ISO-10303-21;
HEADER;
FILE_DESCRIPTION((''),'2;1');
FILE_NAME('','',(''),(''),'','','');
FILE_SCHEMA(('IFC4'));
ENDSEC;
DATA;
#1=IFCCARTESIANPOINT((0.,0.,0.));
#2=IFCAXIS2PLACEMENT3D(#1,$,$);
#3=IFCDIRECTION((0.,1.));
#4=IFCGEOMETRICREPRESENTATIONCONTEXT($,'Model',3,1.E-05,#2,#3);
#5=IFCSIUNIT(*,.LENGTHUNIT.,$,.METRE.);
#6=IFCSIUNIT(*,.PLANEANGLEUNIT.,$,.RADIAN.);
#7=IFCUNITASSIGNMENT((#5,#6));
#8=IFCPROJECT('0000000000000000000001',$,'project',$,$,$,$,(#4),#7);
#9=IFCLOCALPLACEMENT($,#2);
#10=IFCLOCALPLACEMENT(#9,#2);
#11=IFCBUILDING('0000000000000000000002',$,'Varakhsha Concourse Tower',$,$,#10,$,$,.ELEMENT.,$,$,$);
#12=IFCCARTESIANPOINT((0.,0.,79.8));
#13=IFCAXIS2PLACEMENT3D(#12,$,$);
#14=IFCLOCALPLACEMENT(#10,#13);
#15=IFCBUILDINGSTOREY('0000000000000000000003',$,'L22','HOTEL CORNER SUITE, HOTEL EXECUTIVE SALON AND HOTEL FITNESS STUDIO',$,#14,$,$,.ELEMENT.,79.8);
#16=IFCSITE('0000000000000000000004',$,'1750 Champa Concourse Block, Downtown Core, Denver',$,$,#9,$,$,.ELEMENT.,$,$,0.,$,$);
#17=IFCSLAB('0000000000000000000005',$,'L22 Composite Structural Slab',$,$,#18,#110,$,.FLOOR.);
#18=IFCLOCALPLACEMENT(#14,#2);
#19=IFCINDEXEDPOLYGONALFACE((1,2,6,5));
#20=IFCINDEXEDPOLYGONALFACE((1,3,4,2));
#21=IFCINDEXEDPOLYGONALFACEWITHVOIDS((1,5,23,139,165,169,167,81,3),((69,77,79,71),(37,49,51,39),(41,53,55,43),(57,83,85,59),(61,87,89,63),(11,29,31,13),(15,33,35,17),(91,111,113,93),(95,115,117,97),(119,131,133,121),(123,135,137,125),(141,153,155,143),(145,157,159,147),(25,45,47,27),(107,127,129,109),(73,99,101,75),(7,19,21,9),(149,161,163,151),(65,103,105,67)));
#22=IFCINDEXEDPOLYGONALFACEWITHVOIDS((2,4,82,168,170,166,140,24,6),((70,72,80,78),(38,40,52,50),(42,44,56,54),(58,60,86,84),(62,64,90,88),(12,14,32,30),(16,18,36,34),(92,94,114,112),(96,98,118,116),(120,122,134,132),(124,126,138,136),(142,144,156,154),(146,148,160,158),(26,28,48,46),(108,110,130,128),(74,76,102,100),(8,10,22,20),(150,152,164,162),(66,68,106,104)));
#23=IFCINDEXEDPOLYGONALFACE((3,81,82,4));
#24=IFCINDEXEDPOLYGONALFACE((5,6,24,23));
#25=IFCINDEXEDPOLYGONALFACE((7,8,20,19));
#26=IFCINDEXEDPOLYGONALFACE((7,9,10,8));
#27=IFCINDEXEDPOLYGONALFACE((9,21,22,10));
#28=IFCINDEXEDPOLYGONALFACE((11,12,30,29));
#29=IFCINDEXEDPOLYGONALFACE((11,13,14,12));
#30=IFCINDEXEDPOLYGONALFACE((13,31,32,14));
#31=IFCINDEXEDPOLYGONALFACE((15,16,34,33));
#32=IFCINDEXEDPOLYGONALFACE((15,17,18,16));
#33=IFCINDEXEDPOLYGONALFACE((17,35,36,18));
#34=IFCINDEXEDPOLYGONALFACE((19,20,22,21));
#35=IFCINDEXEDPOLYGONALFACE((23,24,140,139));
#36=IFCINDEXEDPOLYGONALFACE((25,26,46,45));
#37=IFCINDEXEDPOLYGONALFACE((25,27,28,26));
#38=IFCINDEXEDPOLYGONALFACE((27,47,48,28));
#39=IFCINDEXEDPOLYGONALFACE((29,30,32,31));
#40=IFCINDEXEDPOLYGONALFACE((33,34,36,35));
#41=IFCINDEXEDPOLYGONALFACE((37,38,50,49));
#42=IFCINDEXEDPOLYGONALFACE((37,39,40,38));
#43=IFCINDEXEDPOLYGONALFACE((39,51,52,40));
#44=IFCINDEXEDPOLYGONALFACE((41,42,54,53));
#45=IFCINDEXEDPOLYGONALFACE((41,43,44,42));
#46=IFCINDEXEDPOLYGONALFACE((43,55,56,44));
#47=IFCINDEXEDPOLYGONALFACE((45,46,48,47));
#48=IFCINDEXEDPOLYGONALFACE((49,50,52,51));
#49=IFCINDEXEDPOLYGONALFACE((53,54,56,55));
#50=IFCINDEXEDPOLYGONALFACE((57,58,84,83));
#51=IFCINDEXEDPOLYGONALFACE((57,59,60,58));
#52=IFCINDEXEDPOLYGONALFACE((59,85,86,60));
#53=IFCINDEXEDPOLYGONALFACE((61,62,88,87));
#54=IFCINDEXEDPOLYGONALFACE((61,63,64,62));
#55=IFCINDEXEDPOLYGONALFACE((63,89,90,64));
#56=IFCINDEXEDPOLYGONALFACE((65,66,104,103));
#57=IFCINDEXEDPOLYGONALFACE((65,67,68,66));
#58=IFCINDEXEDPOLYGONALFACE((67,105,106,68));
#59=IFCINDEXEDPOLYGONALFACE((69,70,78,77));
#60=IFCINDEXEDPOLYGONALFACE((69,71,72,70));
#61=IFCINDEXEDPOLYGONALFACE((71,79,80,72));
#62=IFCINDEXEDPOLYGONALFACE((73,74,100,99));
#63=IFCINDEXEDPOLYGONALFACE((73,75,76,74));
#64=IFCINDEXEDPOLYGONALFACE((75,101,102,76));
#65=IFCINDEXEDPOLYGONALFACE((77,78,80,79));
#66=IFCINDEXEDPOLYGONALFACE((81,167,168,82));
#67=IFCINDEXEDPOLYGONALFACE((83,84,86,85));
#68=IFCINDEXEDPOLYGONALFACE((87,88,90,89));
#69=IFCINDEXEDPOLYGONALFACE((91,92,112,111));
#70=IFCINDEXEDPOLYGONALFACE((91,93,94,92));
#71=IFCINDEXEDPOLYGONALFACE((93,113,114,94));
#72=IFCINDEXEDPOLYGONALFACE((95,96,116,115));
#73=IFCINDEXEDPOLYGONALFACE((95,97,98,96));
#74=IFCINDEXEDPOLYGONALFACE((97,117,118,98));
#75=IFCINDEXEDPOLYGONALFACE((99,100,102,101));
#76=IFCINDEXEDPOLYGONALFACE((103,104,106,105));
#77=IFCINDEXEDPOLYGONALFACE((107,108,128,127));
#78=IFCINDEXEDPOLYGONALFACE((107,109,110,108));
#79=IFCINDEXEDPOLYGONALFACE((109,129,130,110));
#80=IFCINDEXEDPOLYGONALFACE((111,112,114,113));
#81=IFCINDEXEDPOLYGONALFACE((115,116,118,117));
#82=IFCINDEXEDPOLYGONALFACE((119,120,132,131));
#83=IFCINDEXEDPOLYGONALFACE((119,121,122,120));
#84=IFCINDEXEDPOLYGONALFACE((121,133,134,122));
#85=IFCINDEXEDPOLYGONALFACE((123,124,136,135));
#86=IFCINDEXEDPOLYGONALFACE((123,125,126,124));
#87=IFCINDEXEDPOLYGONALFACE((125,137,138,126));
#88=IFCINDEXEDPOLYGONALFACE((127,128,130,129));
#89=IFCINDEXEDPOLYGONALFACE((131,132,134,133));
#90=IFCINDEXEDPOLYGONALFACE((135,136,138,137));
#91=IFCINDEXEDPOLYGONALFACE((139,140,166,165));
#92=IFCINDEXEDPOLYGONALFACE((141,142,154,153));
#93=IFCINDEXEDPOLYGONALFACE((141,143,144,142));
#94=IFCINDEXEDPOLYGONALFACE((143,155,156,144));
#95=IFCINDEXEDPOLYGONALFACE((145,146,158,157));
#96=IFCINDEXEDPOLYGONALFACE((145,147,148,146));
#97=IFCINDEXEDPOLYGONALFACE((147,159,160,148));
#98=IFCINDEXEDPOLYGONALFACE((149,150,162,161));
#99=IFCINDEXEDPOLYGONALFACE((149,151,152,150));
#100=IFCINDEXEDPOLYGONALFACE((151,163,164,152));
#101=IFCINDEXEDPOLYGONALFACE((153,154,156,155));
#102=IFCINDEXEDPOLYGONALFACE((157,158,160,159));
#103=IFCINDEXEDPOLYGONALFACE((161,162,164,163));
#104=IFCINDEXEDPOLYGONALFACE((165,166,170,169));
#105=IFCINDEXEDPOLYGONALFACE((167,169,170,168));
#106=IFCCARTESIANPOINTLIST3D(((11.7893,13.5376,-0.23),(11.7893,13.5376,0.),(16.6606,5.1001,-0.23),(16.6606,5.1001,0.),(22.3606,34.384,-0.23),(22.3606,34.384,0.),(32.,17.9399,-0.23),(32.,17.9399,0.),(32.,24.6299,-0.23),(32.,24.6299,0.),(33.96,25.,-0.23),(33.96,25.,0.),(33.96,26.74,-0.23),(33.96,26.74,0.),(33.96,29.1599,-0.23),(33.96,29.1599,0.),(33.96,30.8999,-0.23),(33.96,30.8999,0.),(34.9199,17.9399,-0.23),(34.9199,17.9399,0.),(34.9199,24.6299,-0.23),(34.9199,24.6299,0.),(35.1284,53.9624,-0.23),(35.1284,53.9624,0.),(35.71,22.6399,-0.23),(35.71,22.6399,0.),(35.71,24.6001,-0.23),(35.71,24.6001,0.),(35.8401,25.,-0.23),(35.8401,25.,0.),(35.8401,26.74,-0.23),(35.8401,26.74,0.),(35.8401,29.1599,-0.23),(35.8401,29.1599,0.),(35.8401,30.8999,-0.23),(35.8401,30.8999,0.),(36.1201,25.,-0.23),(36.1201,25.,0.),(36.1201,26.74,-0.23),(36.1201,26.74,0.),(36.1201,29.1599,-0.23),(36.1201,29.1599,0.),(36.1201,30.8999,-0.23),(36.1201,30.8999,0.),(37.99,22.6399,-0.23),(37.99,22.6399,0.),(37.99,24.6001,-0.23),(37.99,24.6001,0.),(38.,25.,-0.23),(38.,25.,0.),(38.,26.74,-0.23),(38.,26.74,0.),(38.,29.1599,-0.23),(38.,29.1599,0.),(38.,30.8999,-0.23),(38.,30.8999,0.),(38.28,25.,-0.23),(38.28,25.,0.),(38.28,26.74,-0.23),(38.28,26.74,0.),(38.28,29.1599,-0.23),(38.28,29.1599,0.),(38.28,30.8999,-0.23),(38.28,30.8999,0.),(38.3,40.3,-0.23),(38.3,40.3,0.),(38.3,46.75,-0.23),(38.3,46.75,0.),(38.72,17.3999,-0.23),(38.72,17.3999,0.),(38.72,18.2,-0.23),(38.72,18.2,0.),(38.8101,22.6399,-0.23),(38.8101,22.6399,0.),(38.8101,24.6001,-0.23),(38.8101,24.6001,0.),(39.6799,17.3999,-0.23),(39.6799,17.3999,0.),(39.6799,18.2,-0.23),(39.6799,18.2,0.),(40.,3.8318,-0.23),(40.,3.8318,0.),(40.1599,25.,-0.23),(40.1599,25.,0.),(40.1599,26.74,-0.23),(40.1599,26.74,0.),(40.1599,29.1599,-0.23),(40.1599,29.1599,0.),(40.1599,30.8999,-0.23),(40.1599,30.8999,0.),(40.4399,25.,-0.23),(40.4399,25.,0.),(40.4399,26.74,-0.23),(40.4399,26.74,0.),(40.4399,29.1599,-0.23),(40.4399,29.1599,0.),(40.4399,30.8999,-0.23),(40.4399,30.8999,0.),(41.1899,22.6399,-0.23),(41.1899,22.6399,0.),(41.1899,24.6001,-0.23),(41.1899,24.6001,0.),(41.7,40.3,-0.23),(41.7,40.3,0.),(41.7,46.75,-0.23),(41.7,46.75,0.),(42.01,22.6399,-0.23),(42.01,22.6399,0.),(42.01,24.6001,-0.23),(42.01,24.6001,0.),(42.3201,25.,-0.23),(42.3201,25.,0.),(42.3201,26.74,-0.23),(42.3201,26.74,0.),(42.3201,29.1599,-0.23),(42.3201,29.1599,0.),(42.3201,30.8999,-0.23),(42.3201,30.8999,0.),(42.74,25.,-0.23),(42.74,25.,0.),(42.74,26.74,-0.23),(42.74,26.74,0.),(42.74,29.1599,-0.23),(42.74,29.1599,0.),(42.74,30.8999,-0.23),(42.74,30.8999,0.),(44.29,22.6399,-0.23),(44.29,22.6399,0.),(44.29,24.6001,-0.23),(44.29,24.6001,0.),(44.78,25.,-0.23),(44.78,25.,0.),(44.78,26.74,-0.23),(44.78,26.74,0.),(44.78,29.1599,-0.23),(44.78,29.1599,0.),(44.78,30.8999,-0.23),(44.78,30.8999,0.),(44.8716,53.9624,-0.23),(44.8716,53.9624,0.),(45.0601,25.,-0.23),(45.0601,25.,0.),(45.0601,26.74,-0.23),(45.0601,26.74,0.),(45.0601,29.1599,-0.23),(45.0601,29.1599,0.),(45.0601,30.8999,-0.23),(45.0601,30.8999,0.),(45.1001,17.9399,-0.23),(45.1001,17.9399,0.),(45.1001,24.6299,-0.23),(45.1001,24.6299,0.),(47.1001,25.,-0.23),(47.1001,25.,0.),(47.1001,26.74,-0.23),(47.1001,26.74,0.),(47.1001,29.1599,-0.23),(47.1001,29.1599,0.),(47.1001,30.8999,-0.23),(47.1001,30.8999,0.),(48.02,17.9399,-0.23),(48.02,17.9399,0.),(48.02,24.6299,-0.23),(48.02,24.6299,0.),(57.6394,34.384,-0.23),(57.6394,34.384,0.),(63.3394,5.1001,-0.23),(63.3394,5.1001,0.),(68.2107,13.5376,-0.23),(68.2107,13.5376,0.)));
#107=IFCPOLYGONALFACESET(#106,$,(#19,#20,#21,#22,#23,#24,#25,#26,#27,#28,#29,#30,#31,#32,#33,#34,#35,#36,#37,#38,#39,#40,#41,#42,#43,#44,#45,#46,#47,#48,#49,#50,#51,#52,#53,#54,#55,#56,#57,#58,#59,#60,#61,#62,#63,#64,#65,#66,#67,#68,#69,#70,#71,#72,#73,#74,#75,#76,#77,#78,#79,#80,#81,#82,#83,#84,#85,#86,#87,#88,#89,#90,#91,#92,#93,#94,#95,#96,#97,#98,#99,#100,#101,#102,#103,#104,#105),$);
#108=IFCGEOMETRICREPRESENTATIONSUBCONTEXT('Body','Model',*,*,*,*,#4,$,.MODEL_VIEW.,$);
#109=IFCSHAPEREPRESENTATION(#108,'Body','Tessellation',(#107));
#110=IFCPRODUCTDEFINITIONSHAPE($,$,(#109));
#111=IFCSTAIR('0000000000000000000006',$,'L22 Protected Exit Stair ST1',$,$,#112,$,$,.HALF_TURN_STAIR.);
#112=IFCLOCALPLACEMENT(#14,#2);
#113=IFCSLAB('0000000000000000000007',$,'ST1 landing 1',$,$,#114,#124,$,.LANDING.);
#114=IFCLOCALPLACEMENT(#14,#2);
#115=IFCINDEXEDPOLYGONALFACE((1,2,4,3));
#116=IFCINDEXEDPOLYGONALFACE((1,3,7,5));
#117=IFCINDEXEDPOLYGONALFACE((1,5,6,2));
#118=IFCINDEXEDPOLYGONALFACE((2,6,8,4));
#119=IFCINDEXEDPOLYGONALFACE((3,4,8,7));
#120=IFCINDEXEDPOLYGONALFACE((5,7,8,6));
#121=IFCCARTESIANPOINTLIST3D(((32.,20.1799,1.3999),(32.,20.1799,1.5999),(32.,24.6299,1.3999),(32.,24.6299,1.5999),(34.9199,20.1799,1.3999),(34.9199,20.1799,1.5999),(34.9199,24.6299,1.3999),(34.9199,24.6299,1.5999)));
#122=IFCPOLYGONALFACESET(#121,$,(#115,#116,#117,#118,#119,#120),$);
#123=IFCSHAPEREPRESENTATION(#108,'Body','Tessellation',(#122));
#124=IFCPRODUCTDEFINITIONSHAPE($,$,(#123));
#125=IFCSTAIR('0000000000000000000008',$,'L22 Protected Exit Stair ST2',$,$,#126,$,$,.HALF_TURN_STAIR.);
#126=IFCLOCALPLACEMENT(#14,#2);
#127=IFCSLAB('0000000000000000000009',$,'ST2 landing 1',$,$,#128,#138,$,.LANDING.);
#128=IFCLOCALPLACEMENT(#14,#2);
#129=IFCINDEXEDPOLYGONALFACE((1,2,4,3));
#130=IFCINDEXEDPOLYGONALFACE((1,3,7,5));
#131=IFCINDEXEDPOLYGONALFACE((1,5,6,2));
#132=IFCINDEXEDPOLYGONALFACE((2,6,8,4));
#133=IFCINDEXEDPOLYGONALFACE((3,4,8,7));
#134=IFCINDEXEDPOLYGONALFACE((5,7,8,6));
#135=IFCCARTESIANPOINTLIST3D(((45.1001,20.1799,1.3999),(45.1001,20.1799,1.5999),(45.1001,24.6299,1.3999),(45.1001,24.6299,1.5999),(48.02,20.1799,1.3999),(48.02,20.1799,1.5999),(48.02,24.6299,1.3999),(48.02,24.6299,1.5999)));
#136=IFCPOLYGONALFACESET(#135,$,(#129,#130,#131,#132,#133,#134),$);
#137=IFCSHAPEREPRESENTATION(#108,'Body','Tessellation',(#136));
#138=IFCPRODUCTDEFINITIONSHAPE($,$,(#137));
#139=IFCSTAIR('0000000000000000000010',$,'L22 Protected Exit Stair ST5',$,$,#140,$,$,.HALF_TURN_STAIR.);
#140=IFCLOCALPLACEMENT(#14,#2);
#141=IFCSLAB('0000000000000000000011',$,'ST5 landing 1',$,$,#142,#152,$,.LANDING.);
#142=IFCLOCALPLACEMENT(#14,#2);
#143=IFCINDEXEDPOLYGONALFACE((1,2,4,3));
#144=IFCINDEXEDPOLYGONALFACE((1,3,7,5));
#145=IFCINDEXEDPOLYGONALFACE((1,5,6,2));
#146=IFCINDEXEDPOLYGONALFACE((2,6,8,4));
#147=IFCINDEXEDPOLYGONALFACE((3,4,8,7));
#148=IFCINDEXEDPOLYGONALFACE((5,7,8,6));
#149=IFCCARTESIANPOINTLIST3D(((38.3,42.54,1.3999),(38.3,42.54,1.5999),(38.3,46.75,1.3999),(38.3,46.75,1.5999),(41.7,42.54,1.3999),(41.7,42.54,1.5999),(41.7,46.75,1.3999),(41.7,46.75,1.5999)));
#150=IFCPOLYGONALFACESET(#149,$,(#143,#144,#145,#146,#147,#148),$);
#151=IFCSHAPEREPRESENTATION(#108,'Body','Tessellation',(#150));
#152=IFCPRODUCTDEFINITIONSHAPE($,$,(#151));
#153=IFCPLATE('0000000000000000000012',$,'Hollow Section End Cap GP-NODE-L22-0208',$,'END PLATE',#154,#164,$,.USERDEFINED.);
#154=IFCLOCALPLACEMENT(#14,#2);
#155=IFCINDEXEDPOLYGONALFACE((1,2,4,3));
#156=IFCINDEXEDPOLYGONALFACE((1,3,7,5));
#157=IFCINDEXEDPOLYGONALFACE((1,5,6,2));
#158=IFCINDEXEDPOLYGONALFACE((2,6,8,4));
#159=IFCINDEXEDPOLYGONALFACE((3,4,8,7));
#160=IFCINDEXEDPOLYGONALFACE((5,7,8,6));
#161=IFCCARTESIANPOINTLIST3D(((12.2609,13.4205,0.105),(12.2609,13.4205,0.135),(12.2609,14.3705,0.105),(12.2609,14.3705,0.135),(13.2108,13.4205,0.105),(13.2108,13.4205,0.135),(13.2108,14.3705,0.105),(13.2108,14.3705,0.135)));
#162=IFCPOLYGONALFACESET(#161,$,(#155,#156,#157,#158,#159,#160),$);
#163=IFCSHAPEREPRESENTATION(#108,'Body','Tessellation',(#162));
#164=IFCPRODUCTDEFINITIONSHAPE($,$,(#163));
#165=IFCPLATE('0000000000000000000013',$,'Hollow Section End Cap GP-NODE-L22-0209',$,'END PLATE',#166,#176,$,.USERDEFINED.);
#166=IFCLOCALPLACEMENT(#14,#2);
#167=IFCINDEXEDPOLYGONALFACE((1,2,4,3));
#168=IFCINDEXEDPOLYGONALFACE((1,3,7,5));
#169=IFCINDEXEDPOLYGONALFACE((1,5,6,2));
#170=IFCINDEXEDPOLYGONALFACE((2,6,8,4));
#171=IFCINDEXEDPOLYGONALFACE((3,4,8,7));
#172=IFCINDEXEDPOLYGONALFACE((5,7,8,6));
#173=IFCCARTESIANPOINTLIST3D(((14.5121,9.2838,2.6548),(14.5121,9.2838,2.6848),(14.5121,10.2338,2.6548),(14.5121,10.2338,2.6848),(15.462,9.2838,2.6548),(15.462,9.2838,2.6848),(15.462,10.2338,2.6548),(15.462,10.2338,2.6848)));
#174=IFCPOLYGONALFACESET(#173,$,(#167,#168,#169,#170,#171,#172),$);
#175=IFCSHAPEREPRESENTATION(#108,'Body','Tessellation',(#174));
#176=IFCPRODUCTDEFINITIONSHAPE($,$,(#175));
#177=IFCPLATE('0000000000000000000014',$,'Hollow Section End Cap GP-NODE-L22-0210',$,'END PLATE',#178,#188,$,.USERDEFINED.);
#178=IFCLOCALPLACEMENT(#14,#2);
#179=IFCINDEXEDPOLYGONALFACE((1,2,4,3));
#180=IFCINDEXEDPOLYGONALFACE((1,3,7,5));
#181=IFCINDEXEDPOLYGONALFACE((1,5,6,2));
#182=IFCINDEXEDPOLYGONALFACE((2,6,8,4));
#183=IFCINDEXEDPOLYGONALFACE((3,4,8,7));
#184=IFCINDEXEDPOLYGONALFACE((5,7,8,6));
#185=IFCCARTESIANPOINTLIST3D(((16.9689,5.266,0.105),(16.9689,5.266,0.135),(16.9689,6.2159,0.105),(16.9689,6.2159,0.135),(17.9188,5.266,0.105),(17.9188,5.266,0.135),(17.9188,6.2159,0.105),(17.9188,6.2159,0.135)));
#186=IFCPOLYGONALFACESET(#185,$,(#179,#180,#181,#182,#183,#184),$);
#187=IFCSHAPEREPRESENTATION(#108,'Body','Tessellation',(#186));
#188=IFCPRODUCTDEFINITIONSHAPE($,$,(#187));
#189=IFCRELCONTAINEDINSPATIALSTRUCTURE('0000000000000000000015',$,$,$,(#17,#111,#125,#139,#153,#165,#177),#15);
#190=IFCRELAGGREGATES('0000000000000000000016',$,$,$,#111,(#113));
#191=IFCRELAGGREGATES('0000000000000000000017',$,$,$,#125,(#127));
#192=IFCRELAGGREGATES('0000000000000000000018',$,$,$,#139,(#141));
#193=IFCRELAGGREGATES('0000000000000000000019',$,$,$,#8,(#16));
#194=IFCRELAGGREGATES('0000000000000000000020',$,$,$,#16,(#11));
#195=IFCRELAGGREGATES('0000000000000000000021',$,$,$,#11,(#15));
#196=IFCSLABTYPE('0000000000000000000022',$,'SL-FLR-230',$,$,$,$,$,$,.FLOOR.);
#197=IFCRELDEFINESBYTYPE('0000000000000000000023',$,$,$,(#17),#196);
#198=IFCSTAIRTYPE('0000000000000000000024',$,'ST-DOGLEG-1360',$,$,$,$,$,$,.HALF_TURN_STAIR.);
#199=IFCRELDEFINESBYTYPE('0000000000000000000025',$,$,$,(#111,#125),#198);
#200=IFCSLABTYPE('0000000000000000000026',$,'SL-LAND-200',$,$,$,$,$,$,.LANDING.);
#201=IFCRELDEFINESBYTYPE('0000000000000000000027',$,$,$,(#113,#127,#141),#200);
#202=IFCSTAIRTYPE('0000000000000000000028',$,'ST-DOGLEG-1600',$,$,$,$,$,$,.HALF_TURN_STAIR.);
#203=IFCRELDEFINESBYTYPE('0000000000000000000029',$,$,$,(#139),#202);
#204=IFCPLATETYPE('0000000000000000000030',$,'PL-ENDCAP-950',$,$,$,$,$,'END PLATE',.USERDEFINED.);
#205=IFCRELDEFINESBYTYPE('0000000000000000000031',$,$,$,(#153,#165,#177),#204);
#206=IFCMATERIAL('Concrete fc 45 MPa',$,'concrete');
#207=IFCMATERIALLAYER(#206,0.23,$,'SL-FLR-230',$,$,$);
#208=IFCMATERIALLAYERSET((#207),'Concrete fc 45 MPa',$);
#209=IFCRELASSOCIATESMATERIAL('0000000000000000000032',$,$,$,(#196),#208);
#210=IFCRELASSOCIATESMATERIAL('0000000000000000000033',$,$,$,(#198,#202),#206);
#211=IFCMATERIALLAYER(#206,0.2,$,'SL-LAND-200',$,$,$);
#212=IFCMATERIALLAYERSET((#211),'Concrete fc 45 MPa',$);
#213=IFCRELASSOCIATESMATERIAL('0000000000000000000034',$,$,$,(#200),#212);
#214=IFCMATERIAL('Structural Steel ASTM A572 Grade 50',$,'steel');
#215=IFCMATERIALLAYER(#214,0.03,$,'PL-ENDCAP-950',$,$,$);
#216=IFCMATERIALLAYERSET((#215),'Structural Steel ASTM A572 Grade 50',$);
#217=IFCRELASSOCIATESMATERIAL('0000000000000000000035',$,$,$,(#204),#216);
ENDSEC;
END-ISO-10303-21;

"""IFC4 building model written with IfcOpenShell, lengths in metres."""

from ifc_helpers import new_model, si_unit, direction, frame, origin, origin_2d, place, context, subcontext, project, spatial, polyline, rectangle, outline, extrude, source, transform, mapped, material, layer, layer_set, type_object, type_shapes, element, aggregate, save


model = new_model("IFC4")

# Units and contexts
model_context = context("Model", 3, precision=1e-05, world=origin(), true_north=direction((0.0, 1.0)))
body_context = subcontext(model_context, "Body", "Model", "MODEL_VIEW")
ifc_project = project(units=[si_unit("LENGTHUNIT", "METRE"), si_unit("PLANEANGLEUNIT", "RADIAN")], contexts=[model_context])

# Site, building, storey
site_placement = place(None, origin())
site = spatial("IfcSite", under=ifc_project, at=site_placement, Name="1750 Champa Concourse Block, Downtown Core, Denver", CompositionType="ELEMENT", RefElevation=0.0)
building_placement = place(site_placement, origin())
building = spatial("IfcBuilding", under=site, at=building_placement, Name="Varakhsha Concourse Tower", CompositionType="ELEMENT")
storey_placement = place(building_placement, frame((0.0, 0.0, 79.8)))
storey = spatial("IfcBuildingStorey", under=building, at=storey_placement, Name="L22", Description="HOTEL CORNER SUITE, HOTEL EXECUTIVE SALON AND HOTEL FITNESS STUDIO", CompositionType="ELEMENT", Elevation=79.8)

# Shared definitions
ifc_material_1 = material(Name="Structural Steel ASTM A572 Grade 50", Category="steel")

# Slab
ifc_material_2 = material(Name="Concrete fc 45 MPa", Category="concrete")
ifc_layer_1 = layer(ifc_material_2, 0.23, Name="SL-FLR-230")
ifc_layer_set_1 = layer_set([ifc_layer_1], Name="Concrete fc 45 MPa")
slab_type_1 = type_object("IfcSlabType", Name="SL-FLR-230", PredefinedType="FLOOR", material=ifc_layer_set_1)
slab_1_placement = place(storey_placement, frame((0.0, 0.0, -0.23)))
element("IfcSlab", 1, at=slab_1_placement, inside=storey, type_object=slab_type_1, Name="L22 Composite Structural Slab", PredefinedType="FLOOR", context=body_context, shape_type="SweptSolid", body=[
    extrude(outline(polyline([(44.8716, 53.9624), (35.1284, 53.9624), (22.3606, 34.384), (11.7893, 13.5376), (16.6606, 5.1001), (40.0, 3.8318), (63.3394, 5.1001), (68.2107, 13.5376), (57.6394, 34.384), (44.8716, 53.9624)]), holes=[polyline([(34.9199, 17.9399), (34.9199, 24.6299), (32.0, 24.6299), (32.0, 17.9399), (34.9199, 17.9399)]), polyline([(48.02, 17.9399), (48.02, 24.6299), (45.1001, 24.6299), (45.1001, 17.9399), (48.02, 17.9399)]), polyline([(41.7, 40.3), (41.7, 46.75), (38.3, 46.75), (38.3, 40.3), (41.7, 40.3)]), polyline([(33.96, 29.1599), (35.8401, 29.1599), (35.8401, 30.8999), (33.96, 30.8999), (33.96, 29.1599)]), polyline([(36.1201, 29.1599), (38.0, 29.1599), (38.0, 30.8999), (36.1201, 30.8999), (36.1201, 29.1599)]), polyline([(38.28, 29.1599), (40.1599, 29.1599), (40.1599, 30.8999), (38.28, 30.8999), (38.28, 29.1599)]), polyline([(40.4399, 29.1599), (42.3201, 29.1599), (42.3201, 30.8999), (40.4399, 30.8999), (40.4399, 29.1599)]), polyline([(33.96, 25.0), (35.8401, 25.0), (35.8401, 26.74), (33.96, 26.74), (33.96, 25.0)]), polyline([(36.1201, 25.0), (38.0, 25.0), (38.0, 26.74), (36.1201, 26.74), (36.1201, 25.0)]), polyline([(38.28, 25.0), (40.1599, 25.0), (40.1599, 26.74), (38.28, 26.74), (38.28, 25.0)]), polyline([(40.4399, 25.0), (42.3201, 25.0), (42.3201, 26.74), (40.4399, 26.74), (40.4399, 25.0)]), polyline([(42.74, 29.1599), (44.78, 29.1599), (44.78, 30.8999), (42.74, 30.8999), (42.74, 29.1599)]), polyline([(45.0601, 29.1599), (47.1001, 29.1599), (47.1001, 30.8999), (45.0601, 30.8999), (45.0601, 29.1599)]), polyline([(42.74, 25.0), (44.78, 25.0), (44.78, 26.74), (42.74, 26.74), (42.74, 25.0)]), polyline([(45.0601, 25.0), (47.1001, 25.0), (47.1001, 26.74), (45.0601, 26.74), (45.0601, 25.0)]), polyline([(35.71, 22.6399), (37.99, 22.6399), (37.99, 24.6001), (35.71, 24.6001), (35.71, 22.6399)]), polyline([(42.01, 22.6399), (44.29, 22.6399), (44.29, 24.6001), (42.01, 24.6001), (42.01, 22.6399)]), polyline([(38.8101, 22.6399), (41.1899, 22.6399), (41.1899, 24.6001), (38.8101, 24.6001), (38.8101, 22.6399)]), polyline([(38.72, 17.3999), (39.6799, 17.3999), (39.6799, 18.2), (38.72, 18.2), (38.72, 17.3999)])]), origin(), (0.0, 0.0, 1.0), 0.23),
])

# Stairs, slabs
stair_type_1 = type_object("IfcStairType", Name="ST-DOGLEG-1360", PredefinedType="HALF_TURN_STAIR", material=ifc_material_2)
stair_1_placement = place(storey_placement, origin())
stair_1 = element("IfcStair", 2, at=stair_1_placement, inside=storey, type_object=stair_type_1, Name="L22 Protected Exit Stair ST1", PredefinedType="HALF_TURN_STAIR")
ifc_layer_2 = layer(ifc_material_2, 0.2, Name="SL-LAND-200")
ifc_layer_set_2 = layer_set([ifc_layer_2], Name="Concrete fc 45 MPa")
slab_type_2 = type_object("IfcSlabType", Name="SL-LAND-200", PredefinedType="LANDING", material=ifc_layer_set_2)
slab_2_placement = place(storey_placement, frame((0.0, 0.0, 1.3999)))
slab_2 = element("IfcSlab", 3, at=slab_2_placement, type_object=slab_type_2, Name="ST1 landing 1", PredefinedType="LANDING", context=body_context, shape_type="SweptSolid", body=[
    extrude(outline(polyline([(34.9199, 20.1799), (34.9199, 24.6299), (32.0, 24.6299), (32.0, 20.1799), (34.9199, 20.1799)])), origin(), (0.0, 0.0, 1.0), 0.2),
])
aggregate(stair_1, [slab_2])
stair_2_placement = place(storey_placement, origin())
stair_2 = element("IfcStair", 4, at=stair_2_placement, inside=storey, type_object=stair_type_1, Name="L22 Protected Exit Stair ST2", PredefinedType="HALF_TURN_STAIR")
slab_3_placement = place(storey_placement, frame((0.0, 0.0, 1.3999)))
slab_3 = element("IfcSlab", 5, at=slab_3_placement, type_object=slab_type_2, Name="ST2 landing 1", PredefinedType="LANDING", context=body_context, shape_type="SweptSolid", body=[
    extrude(outline(polyline([(48.02, 20.1799), (48.02, 24.6299), (45.1001, 24.6299), (45.1001, 20.1799), (48.02, 20.1799)])), origin(), (0.0, 0.0, 1.0), 0.2),
])
aggregate(stair_2, [slab_3])
stair_type_2 = type_object("IfcStairType", Name="ST-DOGLEG-1600", PredefinedType="HALF_TURN_STAIR", material=ifc_material_2)
stair_3_placement = place(storey_placement, origin())
stair_3 = element("IfcStair", 6, at=stair_3_placement, inside=storey, type_object=stair_type_2, Name="L22 Protected Exit Stair ST5", PredefinedType="HALF_TURN_STAIR")
slab_4_placement = place(storey_placement, frame((0.0, 0.0, 1.3999)))
slab_4 = element("IfcSlab", 7, at=slab_4_placement, type_object=slab_type_2, Name="ST5 landing 1", PredefinedType="LANDING", context=body_context, shape_type="SweptSolid", body=[
    extrude(outline(polyline([(41.7, 42.54), (41.7, 46.75), (38.3, 46.75), (38.3, 42.54), (41.7, 42.54)])), origin(), (0.0, 0.0, 1.0), 0.2),
])
aggregate(stair_3, [slab_4])

# Plates
ifc_layer_3 = layer(ifc_material_1, 0.03, Name="PL-ENDCAP-950")
ifc_layer_set_3 = layer_set([ifc_layer_3], Name="Structural Steel ASTM A572 Grade 50")
plate_type_1 = type_object("IfcPlateType", Name="PL-ENDCAP-950", ElementType="END PLATE", PredefinedType="USERDEFINED", material=ifc_layer_set_3)
shared_shape_1 = source(origin(), body_context, "Body", "SweptSolid", [
    extrude(rectangle(XDim=0.95, YDim=0.95, at=origin_2d()), origin(), (0.0, 0.0, 1.0), 0.03),
])
type_shapes(plate_type_1, [shared_shape_1])
for number, where, z_axis, x_axis, name in (
    (8, (12.7358, 13.8955, 0.105), (0.0, 0.0, 1.0), (1.0, 0.0, 0.0), "Hollow Section End Cap GP-NODE-L22-0208"),
    (9, (14.9871, 9.7588, 2.6548), (0.0, 0.0, 1.0), (1.0, 0.0, 0.0), "Hollow Section End Cap GP-NODE-L22-0209"),
    (10, (17.4438, 5.741, 0.105), (0.0, 0.0, 1.0), (1.0, 0.0, 0.0), "Hollow Section End Cap GP-NODE-L22-0210"),
):
    element("IfcPlate", number, at=place(storey_placement, frame(where, z_axis=z_axis, x_axis=x_axis)), inside=storey, type_object=plate_type_1, Name=name, ObjectType="END PLATE", PredefinedType="USERDEFINED", context=body_context, shape_type="MappedRepresentation", body=[
        mapped(shared_shape_1, transform((0.0, 0.0, 0.0), scale=1.0)),
    ])

save(model, "model.ifc")
